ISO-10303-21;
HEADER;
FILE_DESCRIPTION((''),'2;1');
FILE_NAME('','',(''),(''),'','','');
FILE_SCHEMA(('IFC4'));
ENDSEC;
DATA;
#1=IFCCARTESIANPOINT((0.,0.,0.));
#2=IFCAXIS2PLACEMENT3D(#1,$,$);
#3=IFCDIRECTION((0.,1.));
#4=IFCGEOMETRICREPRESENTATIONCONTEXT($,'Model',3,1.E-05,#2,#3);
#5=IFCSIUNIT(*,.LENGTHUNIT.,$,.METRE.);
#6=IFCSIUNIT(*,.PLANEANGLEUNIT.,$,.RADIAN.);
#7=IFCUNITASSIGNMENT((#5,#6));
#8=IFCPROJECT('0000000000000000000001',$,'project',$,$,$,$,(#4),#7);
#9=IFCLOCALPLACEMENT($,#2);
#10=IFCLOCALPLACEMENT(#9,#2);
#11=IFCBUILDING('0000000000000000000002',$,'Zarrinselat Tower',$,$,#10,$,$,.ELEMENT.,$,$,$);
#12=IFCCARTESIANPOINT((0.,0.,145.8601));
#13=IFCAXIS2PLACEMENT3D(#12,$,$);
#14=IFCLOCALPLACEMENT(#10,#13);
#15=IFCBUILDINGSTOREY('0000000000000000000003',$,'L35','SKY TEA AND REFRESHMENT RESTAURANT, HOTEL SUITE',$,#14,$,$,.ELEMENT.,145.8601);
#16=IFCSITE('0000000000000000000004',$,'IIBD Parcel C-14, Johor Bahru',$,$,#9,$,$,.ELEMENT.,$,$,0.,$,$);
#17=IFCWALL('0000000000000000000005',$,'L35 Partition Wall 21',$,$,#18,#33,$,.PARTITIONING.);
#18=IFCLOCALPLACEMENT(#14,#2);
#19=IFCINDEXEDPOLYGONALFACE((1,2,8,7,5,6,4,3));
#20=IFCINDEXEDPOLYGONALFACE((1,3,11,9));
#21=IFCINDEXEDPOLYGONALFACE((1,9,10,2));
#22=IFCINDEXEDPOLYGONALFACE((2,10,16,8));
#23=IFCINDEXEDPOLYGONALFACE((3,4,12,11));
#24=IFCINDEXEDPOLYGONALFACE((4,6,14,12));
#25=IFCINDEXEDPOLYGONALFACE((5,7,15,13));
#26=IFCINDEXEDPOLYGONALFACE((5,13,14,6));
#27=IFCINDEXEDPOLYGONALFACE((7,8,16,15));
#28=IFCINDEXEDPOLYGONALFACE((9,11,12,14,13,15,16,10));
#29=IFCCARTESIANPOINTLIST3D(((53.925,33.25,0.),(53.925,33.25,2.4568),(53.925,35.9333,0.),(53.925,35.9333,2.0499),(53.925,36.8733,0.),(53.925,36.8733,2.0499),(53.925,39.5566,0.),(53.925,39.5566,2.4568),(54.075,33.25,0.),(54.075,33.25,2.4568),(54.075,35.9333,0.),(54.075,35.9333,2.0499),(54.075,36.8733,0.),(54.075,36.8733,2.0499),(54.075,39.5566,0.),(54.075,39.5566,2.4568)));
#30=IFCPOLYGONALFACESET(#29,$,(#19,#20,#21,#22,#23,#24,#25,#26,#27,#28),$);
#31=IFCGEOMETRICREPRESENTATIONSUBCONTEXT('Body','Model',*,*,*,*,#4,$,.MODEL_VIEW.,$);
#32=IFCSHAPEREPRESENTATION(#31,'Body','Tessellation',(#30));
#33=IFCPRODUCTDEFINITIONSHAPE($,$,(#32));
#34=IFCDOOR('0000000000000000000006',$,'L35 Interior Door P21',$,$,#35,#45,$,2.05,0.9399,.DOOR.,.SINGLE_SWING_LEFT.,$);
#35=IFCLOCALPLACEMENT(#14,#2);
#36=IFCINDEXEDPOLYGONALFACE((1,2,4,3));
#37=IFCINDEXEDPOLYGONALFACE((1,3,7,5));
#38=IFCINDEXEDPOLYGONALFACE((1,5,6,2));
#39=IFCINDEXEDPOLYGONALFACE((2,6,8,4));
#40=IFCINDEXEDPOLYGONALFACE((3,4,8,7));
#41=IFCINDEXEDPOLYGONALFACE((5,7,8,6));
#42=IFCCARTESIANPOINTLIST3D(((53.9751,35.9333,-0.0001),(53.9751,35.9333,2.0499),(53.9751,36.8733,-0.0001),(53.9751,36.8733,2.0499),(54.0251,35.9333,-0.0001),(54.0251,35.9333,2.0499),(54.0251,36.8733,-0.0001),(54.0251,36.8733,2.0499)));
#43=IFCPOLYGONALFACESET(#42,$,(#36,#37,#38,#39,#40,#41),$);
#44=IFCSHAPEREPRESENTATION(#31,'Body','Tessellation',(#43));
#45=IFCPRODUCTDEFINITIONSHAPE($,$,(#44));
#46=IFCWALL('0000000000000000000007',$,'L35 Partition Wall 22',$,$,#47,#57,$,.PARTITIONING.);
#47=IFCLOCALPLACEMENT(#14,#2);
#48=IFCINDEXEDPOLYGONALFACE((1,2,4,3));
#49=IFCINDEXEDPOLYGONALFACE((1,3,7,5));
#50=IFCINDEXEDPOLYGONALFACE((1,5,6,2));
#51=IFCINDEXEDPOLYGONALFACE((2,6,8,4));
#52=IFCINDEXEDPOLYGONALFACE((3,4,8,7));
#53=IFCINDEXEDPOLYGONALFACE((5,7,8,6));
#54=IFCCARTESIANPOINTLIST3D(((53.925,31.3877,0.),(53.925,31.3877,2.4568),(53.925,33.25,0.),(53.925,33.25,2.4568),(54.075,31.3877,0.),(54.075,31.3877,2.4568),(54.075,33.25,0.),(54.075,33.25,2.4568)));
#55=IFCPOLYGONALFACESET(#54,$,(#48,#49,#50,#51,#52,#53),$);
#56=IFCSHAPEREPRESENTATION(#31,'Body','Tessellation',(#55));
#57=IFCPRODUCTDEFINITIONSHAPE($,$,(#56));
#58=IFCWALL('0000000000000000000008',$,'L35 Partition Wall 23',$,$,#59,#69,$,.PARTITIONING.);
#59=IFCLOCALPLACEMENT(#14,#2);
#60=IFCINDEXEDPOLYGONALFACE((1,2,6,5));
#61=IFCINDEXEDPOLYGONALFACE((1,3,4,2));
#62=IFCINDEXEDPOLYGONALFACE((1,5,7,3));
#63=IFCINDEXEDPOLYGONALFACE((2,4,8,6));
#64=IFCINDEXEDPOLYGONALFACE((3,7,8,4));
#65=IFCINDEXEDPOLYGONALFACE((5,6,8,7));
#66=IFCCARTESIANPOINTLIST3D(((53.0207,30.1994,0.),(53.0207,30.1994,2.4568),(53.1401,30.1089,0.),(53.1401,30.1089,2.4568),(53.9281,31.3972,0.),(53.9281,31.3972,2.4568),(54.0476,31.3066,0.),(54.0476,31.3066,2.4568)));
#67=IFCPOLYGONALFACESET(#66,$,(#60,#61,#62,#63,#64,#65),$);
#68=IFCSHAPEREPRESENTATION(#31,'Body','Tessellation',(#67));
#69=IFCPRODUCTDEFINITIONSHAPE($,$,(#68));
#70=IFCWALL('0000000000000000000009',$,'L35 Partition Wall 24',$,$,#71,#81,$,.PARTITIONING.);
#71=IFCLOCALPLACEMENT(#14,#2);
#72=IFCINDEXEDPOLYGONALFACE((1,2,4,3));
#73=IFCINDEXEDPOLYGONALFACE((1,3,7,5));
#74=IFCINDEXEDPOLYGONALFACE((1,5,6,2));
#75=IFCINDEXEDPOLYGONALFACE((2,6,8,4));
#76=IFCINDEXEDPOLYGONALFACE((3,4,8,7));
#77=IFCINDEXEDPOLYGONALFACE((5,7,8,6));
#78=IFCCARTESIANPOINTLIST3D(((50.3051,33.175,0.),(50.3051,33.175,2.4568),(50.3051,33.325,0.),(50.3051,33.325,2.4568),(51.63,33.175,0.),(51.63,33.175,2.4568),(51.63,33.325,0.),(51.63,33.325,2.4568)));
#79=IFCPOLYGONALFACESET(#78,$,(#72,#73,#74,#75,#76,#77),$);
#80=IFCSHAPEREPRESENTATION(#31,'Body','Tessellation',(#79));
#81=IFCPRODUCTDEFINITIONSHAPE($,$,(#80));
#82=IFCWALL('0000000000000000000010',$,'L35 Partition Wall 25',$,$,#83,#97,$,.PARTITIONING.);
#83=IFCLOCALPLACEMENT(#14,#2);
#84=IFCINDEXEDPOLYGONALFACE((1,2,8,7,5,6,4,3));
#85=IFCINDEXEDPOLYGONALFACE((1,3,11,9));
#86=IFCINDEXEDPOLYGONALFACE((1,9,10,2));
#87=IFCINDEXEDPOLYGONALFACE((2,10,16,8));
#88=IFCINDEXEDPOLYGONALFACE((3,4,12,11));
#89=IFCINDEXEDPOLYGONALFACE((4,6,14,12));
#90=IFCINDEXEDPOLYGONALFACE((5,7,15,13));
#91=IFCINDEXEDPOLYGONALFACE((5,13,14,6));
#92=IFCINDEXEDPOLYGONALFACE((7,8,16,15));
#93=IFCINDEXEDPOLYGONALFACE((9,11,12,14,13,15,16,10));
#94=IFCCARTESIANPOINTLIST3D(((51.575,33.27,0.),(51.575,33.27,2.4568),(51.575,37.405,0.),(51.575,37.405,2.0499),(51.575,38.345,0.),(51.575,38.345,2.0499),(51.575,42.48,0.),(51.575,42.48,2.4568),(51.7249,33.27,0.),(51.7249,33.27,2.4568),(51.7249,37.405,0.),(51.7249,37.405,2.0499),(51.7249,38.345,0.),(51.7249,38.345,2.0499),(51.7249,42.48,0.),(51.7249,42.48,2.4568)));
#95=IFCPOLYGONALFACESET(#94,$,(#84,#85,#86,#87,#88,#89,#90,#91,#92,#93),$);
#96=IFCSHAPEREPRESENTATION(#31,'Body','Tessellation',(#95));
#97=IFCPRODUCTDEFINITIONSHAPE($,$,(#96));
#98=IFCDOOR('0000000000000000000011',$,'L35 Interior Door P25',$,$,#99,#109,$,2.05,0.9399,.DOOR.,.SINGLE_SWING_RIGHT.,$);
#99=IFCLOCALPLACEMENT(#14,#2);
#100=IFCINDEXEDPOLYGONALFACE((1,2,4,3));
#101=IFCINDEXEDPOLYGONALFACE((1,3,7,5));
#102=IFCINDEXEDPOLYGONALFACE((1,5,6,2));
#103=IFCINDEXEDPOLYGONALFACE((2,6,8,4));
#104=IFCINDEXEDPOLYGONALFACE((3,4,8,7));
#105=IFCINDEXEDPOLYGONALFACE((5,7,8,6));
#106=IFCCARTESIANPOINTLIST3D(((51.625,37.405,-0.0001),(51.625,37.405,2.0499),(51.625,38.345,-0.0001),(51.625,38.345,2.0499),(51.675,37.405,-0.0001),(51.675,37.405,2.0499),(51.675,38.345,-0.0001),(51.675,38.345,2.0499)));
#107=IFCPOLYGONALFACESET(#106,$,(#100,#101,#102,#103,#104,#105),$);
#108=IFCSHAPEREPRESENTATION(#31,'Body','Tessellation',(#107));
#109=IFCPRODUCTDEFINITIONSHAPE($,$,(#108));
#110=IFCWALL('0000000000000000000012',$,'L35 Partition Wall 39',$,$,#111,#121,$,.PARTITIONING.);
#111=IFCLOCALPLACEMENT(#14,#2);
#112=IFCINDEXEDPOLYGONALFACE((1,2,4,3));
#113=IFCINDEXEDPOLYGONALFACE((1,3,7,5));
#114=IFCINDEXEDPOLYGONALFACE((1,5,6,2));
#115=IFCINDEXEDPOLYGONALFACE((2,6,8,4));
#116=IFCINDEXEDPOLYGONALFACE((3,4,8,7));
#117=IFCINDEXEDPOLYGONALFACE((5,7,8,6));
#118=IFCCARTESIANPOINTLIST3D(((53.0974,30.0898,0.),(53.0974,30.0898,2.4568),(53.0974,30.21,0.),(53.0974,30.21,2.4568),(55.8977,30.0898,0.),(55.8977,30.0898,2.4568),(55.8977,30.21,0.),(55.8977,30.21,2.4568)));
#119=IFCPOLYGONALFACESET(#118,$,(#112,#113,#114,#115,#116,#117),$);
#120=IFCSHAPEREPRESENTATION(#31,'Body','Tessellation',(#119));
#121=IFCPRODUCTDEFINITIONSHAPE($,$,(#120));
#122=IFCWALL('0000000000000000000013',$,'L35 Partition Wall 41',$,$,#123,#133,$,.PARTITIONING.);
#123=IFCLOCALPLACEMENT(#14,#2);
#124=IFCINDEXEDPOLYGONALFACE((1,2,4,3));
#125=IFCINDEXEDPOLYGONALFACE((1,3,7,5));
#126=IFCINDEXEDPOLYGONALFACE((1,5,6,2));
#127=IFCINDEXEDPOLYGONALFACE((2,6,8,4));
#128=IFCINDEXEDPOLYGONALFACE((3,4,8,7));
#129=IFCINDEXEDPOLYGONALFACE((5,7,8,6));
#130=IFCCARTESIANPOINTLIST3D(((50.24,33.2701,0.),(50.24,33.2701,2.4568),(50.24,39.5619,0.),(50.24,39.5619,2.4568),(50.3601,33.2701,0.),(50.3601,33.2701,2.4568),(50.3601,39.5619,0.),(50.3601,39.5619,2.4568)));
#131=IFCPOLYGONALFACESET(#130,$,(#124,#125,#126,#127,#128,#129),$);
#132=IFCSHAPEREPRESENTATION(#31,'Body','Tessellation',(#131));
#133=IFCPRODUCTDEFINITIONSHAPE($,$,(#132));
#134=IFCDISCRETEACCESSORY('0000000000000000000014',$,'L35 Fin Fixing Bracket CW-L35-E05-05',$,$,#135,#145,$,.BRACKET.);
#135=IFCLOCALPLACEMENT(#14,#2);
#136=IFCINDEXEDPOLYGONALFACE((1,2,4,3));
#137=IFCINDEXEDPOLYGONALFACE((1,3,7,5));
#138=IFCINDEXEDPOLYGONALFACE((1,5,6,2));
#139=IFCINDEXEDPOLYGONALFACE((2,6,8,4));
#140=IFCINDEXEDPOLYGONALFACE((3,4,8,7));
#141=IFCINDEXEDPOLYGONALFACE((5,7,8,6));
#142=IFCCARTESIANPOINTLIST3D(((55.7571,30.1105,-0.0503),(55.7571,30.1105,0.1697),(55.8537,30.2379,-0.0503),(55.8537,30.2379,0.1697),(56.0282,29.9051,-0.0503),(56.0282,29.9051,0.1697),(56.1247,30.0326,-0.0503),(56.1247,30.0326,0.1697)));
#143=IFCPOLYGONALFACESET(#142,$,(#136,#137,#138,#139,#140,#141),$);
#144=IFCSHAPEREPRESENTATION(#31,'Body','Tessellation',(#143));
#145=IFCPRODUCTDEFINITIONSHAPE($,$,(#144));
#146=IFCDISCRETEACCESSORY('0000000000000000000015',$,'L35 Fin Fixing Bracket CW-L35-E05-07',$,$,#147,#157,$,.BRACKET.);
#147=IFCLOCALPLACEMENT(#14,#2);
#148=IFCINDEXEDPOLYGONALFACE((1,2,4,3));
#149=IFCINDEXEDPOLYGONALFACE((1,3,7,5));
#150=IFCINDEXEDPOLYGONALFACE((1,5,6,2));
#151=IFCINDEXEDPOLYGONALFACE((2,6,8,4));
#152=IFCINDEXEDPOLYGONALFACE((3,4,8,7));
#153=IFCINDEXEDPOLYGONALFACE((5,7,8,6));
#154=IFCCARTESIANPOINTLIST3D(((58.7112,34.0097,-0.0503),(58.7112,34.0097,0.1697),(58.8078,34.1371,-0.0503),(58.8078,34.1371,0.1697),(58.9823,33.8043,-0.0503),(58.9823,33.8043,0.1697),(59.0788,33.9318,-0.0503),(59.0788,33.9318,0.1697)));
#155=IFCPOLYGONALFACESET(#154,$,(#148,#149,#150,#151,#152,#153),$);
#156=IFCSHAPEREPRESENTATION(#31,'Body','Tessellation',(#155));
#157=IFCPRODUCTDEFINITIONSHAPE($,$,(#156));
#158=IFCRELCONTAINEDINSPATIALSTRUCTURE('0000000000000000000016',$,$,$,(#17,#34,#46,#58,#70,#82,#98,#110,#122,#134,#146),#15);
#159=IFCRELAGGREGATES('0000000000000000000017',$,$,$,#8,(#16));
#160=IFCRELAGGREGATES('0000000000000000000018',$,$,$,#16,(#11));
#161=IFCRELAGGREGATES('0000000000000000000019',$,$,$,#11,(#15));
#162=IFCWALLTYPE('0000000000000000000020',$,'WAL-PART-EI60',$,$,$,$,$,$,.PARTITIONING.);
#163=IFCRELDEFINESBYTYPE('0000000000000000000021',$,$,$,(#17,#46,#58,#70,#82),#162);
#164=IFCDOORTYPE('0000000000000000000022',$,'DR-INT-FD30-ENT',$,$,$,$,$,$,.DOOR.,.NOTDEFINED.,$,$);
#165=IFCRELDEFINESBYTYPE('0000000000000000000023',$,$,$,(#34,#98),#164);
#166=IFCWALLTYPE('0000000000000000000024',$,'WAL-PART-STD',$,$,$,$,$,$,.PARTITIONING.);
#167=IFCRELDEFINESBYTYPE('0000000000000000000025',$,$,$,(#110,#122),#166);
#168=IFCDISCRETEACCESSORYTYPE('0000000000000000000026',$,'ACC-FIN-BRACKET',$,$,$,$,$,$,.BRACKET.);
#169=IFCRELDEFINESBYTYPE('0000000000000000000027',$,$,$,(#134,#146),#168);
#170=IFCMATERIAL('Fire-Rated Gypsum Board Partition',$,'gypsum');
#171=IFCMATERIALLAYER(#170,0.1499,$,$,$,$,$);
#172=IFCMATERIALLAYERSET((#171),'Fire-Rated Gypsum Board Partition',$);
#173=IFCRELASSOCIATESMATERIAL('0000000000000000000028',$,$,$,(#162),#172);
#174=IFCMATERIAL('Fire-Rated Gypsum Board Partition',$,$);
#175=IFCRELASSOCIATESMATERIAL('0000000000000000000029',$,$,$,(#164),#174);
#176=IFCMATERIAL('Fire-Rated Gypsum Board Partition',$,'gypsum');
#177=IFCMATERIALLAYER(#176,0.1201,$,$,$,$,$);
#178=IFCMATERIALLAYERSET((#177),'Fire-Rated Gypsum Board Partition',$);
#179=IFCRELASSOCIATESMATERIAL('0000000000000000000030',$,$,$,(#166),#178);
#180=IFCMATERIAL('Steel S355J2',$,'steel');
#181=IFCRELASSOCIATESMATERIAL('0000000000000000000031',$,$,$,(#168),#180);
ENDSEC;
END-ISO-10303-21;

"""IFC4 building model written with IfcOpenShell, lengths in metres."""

from ifc_helpers import new_model, si_unit, direction, frame, frame_2d, origin, origin_2d, place, context, subcontext, project, spatial, rectangle, extrude, material, layer, layer_set, type_object, element, fill, save


model = new_model("IFC4")

# Units and contexts
model_context = context("Model", 3, precision=1e-05, world=origin(), true_north=direction((0.0, 1.0)))
body_context = subcontext(model_context, "Body", "Model", "MODEL_VIEW")
ifc_project = project(units=[si_unit("LENGTHUNIT", "METRE"), si_unit("PLANEANGLEUNIT", "RADIAN")], contexts=[model_context])

# Site, building, storey
site_placement = place(None, origin())
site = spatial("IfcSite", under=ifc_project, at=site_placement, Name="IIBD Parcel C-14, Johor Bahru", CompositionType="ELEMENT", RefElevation=0.0)
building_placement = place(site_placement, origin())
building = spatial("IfcBuilding", under=site, at=building_placement, Name="Zarrinselat Tower", CompositionType="ELEMENT")
storey_placement = place(building_placement, frame((0.0, 0.0, 145.8601)))
storey = spatial("IfcBuildingStorey", under=building, at=storey_placement, Name="L35", Description="SKY TEA AND REFRESHMENT RESTAURANT, HOTEL SUITE", CompositionType="ELEMENT", Elevation=145.8601)

# Wall, opening, door
ifc_material_1 = material(Name="Fire-Rated Gypsum Board Partition", Category="gypsum")
ifc_layer_1 = layer(ifc_material_1, 0.1499)
ifc_layer_set_1 = layer_set([ifc_layer_1], Name="Fire-Rated Gypsum Board Partition")
wall_type_1 = type_object("IfcWallType", Name="WAL-PART-EI60", PredefinedType="PARTITIONING", material=ifc_layer_set_1)
wall_1_placement = place(storey_placement, frame((54.0, 33.25, 0.0), z_axis=(0.0, 0.0, 1.0), x_axis=(0.0, 1.0, 0.0)))
wall_1 = element("IfcWall", 1, at=wall_1_placement, inside=storey, type_object=wall_type_1, Name="L35 Partition Wall 21", PredefinedType="PARTITIONING", context=body_context, shape_type="SweptSolid", body=[
    extrude(rectangle(XDim=6.3066, YDim=0.1499, at=frame_2d((3.1533, 0.0))), origin(), (0.0, 0.0, 1.0), 2.4568),
])
opening_1_placement = place(wall_1_placement, frame((2.6833, 0.0, 0.0)))
opening_1 = element("IfcOpeningElement", 2, at=opening_1_placement, cuts=wall_1, PredefinedType="OPENING", context=body_context, shape_type="SweptSolid", body=[
    extrude(rectangle(XDim=0.9399, YDim=2.05, at=frame_2d((0.47, 1.0249))), frame((0.0, 0.085, 0.0), z_axis=(0.0, -1.0, 0.0), x_axis=(1.0, 0.0, 0.0)), (0.0, 0.0, 1.0), 0.1699),
])
ifc_material_2 = material(Name="Fire-Rated Gypsum Board Partition")
door_type = type_object("IfcDoorType", Name="DR-INT-FD30-ENT", OperationType="NOTDEFINED", PredefinedType="DOOR", material=ifc_material_2)
door_1_placement = place(opening_1_placement, origin())
door_1 = element("IfcDoor", 3, at=door_1_placement, inside=storey, type_object=door_type, Name="L35 Interior Door P21", OperationType="SINGLE_SWING_LEFT", OverallHeight=2.05, OverallWidth=0.9399, PredefinedType="DOOR", context=body_context, shape_type="SweptSolid", body=[
    extrude(rectangle(XDim=0.9399, YDim=2.05, at=frame_2d((0.47, 1.0249))), frame((0.0, 0.0249, 0.0), z_axis=(0.0, -1.0, 0.0), x_axis=(1.0, 0.0, 0.0)), (0.0, 0.0, 1.0), 0.05),
])
fill(opening_1, door_1)

# Walls
wall_2_placement = place(storey_placement, frame((54.0, 31.3877, 0.0), z_axis=(0.0, 0.0, 1.0), x_axis=(0.0, 1.0, 0.0)))
element("IfcWall", 4, at=wall_2_placement, inside=storey, type_object=wall_type_1, Name="L35 Partition Wall 22", PredefinedType="PARTITIONING", context=body_context, shape_type="SweptSolid", body=[
    extrude(rectangle(XDim=1.8623, YDim=0.1499, at=frame_2d((0.9312, 0.0))), origin(), (0.0, 0.0, 1.0), 2.4568),
])
wall_3_placement = place(storey_placement, frame((53.0803, 30.1541, 0.0), z_axis=(0.0, 0.0, 1.0), x_axis=(0.603892, 0.797066, 0.0)))
element("IfcWall", 5, at=wall_3_placement, inside=storey, type_object=wall_type_1, Name="L35 Partition Wall 23", PredefinedType="PARTITIONING", context=body_context, shape_type="SweptSolid", body=[
    extrude(rectangle(XDim=1.5027, YDim=0.1499, at=frame_2d((0.7515, 0.0))), origin(), (0.0, 0.0, 1.0), 2.4568),
])
wall_4_placement = place(storey_placement, frame((50.3049, 33.25, 0.0), z_axis=(0.0, 0.0, 1.0), x_axis=(1.0, 0.0, 0.0)))
element("IfcWall", 6, at=wall_4_placement, inside=storey, type_object=wall_type_1, Name="L35 Partition Wall 24", PredefinedType="PARTITIONING", context=body_context, shape_type="SweptSolid", body=[
    extrude(rectangle(XDim=1.325, YDim=0.1499, at=frame_2d((0.6626, 0.0))), origin(), (0.0, 0.0, 1.0), 2.4568),
])

# Wall, opening, door
wall_5_placement = place(storey_placement, frame((51.6499, 33.27, 0.0), z_axis=(0.0, 0.0, 1.0), x_axis=(0.0, 1.0, 0.0)))
wall_5 = element("IfcWall", 7, at=wall_5_placement, inside=storey, type_object=wall_type_1, Name="L35 Partition Wall 25", PredefinedType="PARTITIONING", context=body_context, shape_type="SweptSolid", body=[
    extrude(rectangle(XDim=9.21, YDim=0.1499, at=frame_2d((4.605, 0.0))), origin(), (0.0, 0.0, 1.0), 2.4568),
])
opening_2_placement = place(wall_5_placement, frame((4.135, 0.0, 0.0)))
opening_2 = element("IfcOpeningElement", 8, at=opening_2_placement, cuts=wall_5, PredefinedType="OPENING", context=body_context, shape_type="SweptSolid", body=[
    extrude(rectangle(XDim=0.9399, YDim=2.05, at=frame_2d((0.47, 1.0249))), frame((0.0, 0.085, 0.0), z_axis=(0.0, -1.0, 0.0), x_axis=(1.0, 0.0, 0.0)), (0.0, 0.0, 1.0), 0.1699),
])
door_2_placement = place(opening_2_placement, origin())
door_2 = element("IfcDoor", 9, at=door_2_placement, inside=storey, type_object=door_type, Name="L35 Interior Door P25", OperationType="SINGLE_SWING_RIGHT", OverallHeight=2.05, OverallWidth=0.9399, PredefinedType="DOOR", context=body_context, shape_type="SweptSolid", body=[
    extrude(rectangle(XDim=0.9399, YDim=2.05, at=frame_2d((0.47, 1.0249))), frame((0.0, 0.0249, 0.0), z_axis=(0.0, -1.0, 0.0), x_axis=(1.0, 0.0, 0.0)), (0.0, 0.0, 1.0), 0.05),
])
fill(opening_2, door_2)

# Walls
ifc_material_3 = material(Name="Fire-Rated Gypsum Board Partition", Category="gypsum")
ifc_layer_2 = layer(ifc_material_3, 0.1201)
ifc_layer_set_2 = layer_set([ifc_layer_2], Name="Fire-Rated Gypsum Board Partition")
wall_type_2 = type_object("IfcWallType", Name="WAL-PART-STD", PredefinedType="PARTITIONING", material=ifc_layer_set_2)
wall_6_placement = place(storey_placement, frame((53.0974, 30.1499, 0.0), z_axis=(0.0, 0.0, 1.0), x_axis=(1.0, 0.0, 0.0)))
element("IfcWall", 10, at=wall_6_placement, inside=storey, type_object=wall_type_2, Name="L35 Partition Wall 39", PredefinedType="PARTITIONING", context=body_context, shape_type="SweptSolid", body=[
    extrude(rectangle(XDim=2.8003, YDim=0.1201, at=frame_2d((1.4001, 0.0))), origin(), (0.0, 0.0, 1.0), 2.4568),
])
wall_7_placement = place(storey_placement, frame((50.3, 33.27, 0.0), z_axis=(0.0, 0.0, 1.0), x_axis=(0.0, 1.0, 0.0)))
element("IfcWall", 11, at=wall_7_placement, inside=storey, type_object=wall_type_2, Name="L35 Partition Wall 41", PredefinedType="PARTITIONING", context=body_context, shape_type="SweptSolid", body=[
    extrude(rectangle(XDim=6.2917, YDim=0.1201, at=frame_2d((3.146, 0.0))), origin(), (0.0, 0.0, 1.0), 2.4568),
])

# Discrete accessories
ifc_material_4 = material(Name="Steel S355J2", Category="steel")
discrete_accessory_type = type_object("IfcDiscreteAccessoryType", Name="ACC-FIN-BRACKET", PredefinedType="BRACKET", material=ifc_material_4)
for number, where, z_axis, x_axis, name in (
    (12, (55.9409, 30.0715, -0.0503), (0.0, 0.0, 1.0), (0.797092, -0.603858, 0.0), "L35 Fin Fixing Bracket CW-L35-E05-05"),
    (13, (58.895, 33.9707, -0.0503), (0.0, 0.0, 1.0), (0.797092, -0.603858, 0.0), "L35 Fin Fixing Bracket CW-L35-E05-07"),
):
    element("IfcDiscreteAccessory", number, at=place(storey_placement, frame(where, z_axis=z_axis, x_axis=x_axis)), inside=storey, type_object=discrete_accessory_type, Name=name, PredefinedType="BRACKET", context=body_context, shape_type="SweptSolid", body=[
        extrude(rectangle(XDim=0.3401, YDim=0.1599, at=origin_2d()), origin(), (0.0, 0.0, 1.0), 0.22),
    ])

save(model, "model.ifc")
